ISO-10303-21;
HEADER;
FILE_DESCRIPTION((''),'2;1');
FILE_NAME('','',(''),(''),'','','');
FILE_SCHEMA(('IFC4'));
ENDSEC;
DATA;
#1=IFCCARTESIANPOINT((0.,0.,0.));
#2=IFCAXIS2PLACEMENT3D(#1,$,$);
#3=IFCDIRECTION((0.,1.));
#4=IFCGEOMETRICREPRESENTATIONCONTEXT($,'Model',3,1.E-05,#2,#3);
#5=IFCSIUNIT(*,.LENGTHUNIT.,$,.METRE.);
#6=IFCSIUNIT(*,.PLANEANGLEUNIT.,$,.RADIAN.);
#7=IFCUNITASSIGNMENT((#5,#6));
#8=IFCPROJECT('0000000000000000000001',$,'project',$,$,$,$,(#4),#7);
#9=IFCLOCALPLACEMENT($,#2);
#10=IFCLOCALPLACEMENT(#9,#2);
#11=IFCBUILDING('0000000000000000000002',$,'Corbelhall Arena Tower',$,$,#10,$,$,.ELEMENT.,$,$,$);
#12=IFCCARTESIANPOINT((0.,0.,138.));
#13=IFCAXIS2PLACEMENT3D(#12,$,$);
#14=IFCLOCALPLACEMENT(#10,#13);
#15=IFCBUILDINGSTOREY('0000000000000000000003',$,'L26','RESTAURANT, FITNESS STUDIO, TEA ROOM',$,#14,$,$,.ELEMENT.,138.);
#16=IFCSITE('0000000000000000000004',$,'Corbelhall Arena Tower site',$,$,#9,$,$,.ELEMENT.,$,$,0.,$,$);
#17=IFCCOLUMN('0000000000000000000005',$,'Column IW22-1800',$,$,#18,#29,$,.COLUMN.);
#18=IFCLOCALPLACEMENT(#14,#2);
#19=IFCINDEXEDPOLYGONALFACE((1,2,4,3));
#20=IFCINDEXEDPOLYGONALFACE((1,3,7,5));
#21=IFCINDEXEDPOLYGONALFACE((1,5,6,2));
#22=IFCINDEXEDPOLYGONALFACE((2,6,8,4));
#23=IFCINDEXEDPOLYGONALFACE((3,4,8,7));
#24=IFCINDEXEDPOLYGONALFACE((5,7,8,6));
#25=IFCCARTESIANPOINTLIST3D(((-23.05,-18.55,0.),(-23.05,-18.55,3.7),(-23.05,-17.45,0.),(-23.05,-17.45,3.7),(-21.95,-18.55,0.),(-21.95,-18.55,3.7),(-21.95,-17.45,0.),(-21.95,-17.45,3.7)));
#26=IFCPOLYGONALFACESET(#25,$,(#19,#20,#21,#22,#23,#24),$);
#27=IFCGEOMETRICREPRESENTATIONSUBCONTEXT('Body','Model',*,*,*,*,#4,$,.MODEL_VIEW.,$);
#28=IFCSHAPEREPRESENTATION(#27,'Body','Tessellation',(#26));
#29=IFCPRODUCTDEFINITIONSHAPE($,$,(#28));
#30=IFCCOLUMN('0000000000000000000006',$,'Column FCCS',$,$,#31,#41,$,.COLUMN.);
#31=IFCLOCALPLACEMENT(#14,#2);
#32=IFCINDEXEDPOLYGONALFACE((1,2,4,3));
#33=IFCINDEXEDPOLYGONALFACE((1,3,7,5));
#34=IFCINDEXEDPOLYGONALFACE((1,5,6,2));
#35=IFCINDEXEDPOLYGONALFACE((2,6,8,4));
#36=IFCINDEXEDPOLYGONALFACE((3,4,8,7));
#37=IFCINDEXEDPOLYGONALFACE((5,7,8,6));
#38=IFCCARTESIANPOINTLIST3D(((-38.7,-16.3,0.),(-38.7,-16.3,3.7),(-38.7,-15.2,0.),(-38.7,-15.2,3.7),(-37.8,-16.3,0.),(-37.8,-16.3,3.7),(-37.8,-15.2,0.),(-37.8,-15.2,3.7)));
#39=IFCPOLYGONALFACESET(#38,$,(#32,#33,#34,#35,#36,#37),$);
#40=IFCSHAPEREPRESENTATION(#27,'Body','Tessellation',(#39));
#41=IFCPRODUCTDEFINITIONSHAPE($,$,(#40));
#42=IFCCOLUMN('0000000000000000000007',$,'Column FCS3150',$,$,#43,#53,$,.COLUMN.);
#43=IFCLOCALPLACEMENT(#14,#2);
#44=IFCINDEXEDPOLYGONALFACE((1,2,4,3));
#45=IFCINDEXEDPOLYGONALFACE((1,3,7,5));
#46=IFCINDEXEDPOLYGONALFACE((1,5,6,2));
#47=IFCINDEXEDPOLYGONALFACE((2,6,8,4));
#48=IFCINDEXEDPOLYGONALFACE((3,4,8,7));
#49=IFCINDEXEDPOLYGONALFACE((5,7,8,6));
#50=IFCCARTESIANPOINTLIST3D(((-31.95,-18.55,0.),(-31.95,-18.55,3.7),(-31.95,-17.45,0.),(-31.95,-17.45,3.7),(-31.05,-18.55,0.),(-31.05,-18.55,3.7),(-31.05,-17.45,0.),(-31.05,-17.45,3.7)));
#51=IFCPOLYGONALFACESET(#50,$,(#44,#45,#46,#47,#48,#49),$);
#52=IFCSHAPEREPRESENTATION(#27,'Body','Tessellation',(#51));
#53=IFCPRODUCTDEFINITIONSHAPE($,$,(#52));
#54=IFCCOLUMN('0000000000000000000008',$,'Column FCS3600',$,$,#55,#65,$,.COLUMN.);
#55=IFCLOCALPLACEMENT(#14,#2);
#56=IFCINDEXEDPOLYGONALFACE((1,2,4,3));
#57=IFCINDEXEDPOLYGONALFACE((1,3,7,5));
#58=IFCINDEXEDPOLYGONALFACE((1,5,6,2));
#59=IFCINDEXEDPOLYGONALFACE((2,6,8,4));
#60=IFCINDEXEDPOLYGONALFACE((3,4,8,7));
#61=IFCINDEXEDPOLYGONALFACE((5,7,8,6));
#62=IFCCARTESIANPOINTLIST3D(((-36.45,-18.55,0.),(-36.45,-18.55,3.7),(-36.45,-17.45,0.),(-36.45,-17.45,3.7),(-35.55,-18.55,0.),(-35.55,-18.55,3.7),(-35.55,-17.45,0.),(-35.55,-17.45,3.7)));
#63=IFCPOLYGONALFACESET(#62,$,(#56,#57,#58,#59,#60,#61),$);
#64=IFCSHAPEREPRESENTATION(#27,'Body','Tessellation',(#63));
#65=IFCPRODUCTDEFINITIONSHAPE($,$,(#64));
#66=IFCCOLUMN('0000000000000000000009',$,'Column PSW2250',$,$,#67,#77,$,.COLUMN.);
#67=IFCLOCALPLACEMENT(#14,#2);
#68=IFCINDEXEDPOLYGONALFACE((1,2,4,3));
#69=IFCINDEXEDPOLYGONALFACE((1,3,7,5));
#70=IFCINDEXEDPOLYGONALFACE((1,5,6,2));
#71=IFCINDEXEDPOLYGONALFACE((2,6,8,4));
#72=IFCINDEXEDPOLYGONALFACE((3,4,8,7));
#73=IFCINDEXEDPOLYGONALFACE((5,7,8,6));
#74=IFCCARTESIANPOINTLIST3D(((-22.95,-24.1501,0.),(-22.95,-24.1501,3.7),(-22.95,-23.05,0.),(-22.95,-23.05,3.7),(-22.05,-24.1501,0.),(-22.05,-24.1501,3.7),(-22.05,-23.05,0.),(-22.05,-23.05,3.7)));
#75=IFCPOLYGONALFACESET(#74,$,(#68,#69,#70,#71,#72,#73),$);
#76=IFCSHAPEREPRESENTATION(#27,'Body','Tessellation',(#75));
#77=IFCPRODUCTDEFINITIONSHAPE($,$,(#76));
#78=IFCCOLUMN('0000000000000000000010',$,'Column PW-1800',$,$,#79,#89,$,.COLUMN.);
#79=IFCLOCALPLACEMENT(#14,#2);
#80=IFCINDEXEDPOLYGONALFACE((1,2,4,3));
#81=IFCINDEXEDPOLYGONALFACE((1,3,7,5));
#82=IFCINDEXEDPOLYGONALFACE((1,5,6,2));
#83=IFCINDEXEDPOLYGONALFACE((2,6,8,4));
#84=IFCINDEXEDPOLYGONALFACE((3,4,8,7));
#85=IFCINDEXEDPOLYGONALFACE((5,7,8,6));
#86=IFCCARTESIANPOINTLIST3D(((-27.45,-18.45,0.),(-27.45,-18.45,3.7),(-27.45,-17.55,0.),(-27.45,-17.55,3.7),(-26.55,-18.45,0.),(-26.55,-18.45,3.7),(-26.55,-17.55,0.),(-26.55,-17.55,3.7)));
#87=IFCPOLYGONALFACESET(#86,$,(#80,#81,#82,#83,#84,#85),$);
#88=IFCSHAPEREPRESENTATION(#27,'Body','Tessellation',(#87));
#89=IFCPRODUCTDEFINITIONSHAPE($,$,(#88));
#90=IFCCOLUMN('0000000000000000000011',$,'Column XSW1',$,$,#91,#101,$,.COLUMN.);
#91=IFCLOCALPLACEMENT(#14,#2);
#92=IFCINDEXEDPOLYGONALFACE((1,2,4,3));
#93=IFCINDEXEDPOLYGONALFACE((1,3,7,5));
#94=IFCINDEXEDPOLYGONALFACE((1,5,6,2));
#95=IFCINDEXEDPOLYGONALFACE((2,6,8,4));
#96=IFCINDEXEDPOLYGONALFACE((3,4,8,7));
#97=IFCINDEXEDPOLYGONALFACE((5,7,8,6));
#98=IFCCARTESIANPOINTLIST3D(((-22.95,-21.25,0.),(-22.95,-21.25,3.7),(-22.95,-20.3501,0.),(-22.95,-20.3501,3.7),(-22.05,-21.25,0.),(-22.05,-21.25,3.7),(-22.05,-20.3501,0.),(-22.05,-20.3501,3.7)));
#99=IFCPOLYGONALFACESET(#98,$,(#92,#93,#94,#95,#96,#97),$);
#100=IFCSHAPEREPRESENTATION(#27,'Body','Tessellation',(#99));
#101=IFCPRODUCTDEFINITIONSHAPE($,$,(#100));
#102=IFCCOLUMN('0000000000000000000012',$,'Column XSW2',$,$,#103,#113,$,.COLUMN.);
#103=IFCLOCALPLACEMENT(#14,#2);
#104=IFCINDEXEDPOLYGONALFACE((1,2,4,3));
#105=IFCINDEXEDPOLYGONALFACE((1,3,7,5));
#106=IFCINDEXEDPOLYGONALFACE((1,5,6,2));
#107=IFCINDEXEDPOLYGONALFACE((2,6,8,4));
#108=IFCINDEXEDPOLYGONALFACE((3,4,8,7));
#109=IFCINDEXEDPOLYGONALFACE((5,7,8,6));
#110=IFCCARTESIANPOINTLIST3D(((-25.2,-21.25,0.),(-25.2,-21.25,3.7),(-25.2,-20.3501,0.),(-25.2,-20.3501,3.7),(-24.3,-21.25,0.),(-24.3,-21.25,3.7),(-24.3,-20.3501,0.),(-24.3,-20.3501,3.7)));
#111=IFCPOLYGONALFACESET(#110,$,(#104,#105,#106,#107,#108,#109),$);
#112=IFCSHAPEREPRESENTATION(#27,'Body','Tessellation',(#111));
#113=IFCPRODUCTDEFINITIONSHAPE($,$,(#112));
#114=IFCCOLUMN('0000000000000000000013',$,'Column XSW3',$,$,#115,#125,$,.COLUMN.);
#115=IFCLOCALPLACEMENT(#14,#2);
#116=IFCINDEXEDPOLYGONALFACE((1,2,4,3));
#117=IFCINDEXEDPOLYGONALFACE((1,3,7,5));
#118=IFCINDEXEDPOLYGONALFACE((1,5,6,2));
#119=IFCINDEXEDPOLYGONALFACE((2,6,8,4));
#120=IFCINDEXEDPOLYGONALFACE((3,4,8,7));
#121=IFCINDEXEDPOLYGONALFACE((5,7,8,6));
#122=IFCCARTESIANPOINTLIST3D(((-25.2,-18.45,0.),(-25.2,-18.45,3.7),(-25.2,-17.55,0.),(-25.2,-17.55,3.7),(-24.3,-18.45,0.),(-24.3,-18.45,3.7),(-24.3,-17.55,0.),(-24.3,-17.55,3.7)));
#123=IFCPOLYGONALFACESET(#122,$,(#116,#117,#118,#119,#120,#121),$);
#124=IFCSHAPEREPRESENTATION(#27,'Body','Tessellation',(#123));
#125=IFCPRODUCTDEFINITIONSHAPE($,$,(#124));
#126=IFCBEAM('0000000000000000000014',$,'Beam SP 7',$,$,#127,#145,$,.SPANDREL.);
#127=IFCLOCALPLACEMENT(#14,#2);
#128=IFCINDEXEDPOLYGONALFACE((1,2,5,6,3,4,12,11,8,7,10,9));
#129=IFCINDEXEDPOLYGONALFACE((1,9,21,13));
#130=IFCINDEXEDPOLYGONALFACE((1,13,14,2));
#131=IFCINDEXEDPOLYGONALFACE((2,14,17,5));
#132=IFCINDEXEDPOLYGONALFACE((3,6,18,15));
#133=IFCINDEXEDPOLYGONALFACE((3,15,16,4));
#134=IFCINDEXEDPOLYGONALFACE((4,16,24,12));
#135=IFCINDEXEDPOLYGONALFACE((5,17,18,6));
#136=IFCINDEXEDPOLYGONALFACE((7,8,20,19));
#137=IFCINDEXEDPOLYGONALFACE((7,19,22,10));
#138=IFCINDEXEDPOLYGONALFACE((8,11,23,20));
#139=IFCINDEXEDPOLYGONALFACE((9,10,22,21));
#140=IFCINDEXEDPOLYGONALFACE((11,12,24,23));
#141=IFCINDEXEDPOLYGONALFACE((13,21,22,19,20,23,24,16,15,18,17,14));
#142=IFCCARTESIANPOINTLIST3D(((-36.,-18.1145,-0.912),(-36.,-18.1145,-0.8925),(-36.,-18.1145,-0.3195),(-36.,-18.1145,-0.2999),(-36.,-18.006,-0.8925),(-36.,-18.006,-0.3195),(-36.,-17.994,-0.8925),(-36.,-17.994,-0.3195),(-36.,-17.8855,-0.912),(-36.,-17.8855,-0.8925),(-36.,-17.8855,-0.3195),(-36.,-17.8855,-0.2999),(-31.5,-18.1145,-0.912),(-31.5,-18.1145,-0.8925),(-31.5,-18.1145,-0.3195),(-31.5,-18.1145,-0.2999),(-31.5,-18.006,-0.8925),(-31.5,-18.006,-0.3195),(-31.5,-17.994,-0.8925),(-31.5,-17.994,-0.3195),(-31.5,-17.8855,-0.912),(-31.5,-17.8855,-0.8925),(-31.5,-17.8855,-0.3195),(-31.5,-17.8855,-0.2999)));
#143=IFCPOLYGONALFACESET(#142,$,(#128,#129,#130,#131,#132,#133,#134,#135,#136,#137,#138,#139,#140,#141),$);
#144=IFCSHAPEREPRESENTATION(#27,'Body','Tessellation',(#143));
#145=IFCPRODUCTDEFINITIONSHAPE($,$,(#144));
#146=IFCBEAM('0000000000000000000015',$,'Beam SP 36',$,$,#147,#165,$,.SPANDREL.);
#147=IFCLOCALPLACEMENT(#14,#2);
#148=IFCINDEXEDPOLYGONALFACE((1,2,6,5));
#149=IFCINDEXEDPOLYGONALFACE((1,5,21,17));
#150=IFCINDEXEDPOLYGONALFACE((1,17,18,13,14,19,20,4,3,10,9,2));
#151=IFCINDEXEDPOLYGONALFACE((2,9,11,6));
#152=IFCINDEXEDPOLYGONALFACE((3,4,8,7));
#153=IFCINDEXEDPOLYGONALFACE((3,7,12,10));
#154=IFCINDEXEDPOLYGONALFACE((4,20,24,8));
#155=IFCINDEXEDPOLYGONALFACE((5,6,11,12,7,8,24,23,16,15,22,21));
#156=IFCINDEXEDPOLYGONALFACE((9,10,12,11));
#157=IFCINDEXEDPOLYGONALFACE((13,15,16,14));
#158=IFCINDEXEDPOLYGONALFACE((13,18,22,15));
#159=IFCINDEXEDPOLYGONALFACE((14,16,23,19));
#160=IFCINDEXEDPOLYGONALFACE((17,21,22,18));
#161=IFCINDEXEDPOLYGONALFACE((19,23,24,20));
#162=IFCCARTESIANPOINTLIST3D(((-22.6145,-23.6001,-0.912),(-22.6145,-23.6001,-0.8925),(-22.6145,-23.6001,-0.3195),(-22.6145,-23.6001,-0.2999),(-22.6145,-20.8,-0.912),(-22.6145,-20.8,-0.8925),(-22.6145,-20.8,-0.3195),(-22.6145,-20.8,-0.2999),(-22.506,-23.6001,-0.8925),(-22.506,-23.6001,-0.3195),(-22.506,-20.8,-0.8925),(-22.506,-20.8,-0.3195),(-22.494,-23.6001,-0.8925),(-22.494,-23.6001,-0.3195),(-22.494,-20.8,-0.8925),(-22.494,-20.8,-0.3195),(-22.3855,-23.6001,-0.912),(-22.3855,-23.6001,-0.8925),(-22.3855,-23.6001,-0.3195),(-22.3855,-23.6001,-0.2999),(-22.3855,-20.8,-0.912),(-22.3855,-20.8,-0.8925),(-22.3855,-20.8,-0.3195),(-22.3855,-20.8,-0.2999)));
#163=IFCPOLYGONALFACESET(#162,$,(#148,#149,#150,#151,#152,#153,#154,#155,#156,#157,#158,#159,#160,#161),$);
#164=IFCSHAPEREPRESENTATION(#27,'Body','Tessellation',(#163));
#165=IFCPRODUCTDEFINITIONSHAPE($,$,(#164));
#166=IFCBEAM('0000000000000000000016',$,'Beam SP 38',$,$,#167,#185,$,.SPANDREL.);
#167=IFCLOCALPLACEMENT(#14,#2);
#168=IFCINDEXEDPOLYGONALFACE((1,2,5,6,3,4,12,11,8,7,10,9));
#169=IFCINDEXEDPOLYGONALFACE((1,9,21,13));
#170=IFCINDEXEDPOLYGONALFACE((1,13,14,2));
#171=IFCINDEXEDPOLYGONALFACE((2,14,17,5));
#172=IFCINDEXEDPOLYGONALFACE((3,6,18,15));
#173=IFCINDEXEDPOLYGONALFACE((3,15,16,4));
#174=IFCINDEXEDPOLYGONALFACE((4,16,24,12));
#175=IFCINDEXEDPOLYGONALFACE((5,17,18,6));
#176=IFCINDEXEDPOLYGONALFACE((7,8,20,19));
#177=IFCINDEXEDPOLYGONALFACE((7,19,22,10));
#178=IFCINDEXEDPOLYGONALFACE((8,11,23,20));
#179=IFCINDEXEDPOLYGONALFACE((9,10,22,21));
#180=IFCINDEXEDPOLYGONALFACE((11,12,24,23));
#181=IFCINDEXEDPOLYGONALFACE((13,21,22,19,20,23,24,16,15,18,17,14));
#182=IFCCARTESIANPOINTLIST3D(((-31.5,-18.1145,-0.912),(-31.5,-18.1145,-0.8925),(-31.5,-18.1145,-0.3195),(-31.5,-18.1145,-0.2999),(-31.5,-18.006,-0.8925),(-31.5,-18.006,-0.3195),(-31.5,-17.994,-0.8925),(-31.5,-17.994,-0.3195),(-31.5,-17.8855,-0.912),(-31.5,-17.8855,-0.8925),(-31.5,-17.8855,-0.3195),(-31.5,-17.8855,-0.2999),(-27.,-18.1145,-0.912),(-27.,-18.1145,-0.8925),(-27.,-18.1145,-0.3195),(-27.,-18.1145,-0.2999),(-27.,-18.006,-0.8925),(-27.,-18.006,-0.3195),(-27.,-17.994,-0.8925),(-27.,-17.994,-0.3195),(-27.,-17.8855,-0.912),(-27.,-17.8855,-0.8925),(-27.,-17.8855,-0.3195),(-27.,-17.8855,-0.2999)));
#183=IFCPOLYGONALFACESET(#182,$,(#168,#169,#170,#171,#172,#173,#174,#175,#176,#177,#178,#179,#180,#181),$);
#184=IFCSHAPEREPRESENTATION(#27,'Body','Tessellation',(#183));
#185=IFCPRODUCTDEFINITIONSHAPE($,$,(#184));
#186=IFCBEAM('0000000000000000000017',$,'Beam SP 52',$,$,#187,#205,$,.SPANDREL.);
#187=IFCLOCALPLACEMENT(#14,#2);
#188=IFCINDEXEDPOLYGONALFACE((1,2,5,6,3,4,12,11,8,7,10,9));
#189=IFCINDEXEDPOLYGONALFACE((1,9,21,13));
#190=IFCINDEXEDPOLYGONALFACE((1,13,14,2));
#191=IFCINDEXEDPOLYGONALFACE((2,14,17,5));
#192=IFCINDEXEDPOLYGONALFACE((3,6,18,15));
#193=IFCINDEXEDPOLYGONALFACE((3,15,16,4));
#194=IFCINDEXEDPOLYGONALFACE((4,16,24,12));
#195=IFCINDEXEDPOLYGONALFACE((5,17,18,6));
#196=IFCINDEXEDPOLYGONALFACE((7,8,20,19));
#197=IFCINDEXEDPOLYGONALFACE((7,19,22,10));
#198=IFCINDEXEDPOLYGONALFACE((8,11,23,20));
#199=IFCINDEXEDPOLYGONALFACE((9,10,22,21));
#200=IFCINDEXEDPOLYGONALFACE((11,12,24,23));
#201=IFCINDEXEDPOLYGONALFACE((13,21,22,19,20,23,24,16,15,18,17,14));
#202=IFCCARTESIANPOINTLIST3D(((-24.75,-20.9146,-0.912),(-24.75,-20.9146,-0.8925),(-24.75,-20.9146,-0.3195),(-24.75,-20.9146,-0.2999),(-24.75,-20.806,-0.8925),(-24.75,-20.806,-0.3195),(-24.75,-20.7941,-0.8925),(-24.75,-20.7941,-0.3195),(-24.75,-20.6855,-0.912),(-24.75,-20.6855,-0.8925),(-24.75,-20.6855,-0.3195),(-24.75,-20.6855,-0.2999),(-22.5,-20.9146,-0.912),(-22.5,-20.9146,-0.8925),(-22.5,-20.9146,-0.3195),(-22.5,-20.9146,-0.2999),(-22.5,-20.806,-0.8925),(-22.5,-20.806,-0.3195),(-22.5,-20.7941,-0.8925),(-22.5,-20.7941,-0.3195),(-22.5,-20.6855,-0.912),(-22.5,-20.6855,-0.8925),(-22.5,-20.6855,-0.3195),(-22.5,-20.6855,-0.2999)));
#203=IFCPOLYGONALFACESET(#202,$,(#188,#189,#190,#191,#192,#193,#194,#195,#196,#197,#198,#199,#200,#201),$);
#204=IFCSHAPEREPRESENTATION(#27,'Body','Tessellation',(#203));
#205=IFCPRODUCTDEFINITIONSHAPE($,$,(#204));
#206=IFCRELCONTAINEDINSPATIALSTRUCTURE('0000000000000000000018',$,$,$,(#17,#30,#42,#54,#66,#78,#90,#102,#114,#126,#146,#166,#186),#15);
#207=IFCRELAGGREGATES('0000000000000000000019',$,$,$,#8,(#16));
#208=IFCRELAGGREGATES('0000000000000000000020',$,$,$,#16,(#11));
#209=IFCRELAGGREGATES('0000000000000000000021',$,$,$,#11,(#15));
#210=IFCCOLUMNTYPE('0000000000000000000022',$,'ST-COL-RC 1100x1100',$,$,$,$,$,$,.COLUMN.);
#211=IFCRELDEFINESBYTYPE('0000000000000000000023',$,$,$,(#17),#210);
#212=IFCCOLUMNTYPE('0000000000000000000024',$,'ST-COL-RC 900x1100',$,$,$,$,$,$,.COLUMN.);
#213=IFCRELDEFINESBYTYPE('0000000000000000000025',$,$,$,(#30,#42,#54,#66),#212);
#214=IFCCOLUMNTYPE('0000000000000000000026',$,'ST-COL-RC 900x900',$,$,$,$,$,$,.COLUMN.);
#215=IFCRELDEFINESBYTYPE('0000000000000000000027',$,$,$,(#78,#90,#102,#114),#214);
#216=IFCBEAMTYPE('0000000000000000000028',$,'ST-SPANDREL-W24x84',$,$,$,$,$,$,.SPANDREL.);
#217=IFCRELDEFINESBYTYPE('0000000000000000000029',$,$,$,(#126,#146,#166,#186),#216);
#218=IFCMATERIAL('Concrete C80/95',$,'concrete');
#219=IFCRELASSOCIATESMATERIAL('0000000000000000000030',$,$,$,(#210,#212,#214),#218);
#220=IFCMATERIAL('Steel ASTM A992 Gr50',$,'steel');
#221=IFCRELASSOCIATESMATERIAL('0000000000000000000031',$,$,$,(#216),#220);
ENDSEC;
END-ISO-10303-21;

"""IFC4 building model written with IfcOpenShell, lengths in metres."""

from ifc_helpers import new_model, si_unit, direction, frame, origin, origin_2d, place, context, subcontext, project, spatial, rectangle, i_section, extrude, material, material_profile, profile_set, type_object, element, save


model = new_model("IFC4")

# Units and contexts
model_context = context("Model", 3, precision=1e-05, world=origin(), true_north=direction((0.0, 1.0)))
body_context = subcontext(model_context, "Body", "Model", "MODEL_VIEW")
ifc_project = project(units=[si_unit("LENGTHUNIT", "METRE"), si_unit("PLANEANGLEUNIT", "RADIAN")], contexts=[model_context])

# Site, building, storey
site_placement = place(None, origin())
site = spatial("IfcSite", under=ifc_project, at=site_placement, Name="Corbelhall Arena Tower site", CompositionType="ELEMENT", RefElevation=0.0)
building_placement = place(site_placement, origin())
building = spatial("IfcBuilding", under=site, at=building_placement, Name="Corbelhall Arena Tower", CompositionType="ELEMENT")
storey_placement = place(building_placement, frame((0.0, 0.0, 138.0)))
storey = spatial("IfcBuildingStorey", under=building, at=storey_placement, Name="L26", Description="RESTAURANT, FITNESS STUDIO, TEA ROOM", CompositionType="ELEMENT", Elevation=138.0)

# Columns
ifc_material_1 = material(Name="Concrete C80/95", Category="concrete")
ifc_material_profile_1 = material_profile(ifc_material_1, rectangle(XDim=1.1001, YDim=1.1001, at=origin_2d()))
ifc_profile_set_1 = profile_set([ifc_material_profile_1], Name="Concrete C80/95")
column_type_1 = type_object("IfcColumnType", Name="ST-COL-RC 1100x1100", PredefinedType="COLUMN", material=ifc_profile_set_1)
column_placement = place(storey_placement, frame((-22.5, -18.0, 0.0), z_axis=(0.0, 0.0, 1.0), x_axis=(1.0, 0.0, 0.0)))
element("IfcColumn", 1, at=column_placement, inside=storey, type_object=column_type_1, Name="Column IW22-1800", PredefinedType="COLUMN", context=body_context, shape_type="SweptSolid", body=[
    extrude(rectangle(XDim=1.1001, YDim=1.1001, at=origin_2d()), origin(), (0.0, 0.0, 1.0), 3.7),
])
ifc_material_profile_2 = material_profile(ifc_material_1, rectangle(XDim=0.8999, YDim=1.1001, at=origin_2d()))
ifc_profile_set_2 = profile_set([ifc_material_profile_2], Name="Concrete C80/95")
column_type_2 = type_object("IfcColumnType", Name="ST-COL-RC 900x1100", PredefinedType="COLUMN", material=ifc_profile_set_2)
for number, where, z_axis, x_axis, name in (
    (2, (-38.25, -15.75, 0.0), (0.0, 0.0, 1.0), (1.0, 0.0, 0.0), "Column FCCS"),
    (3, (-31.5, -18.0, 0.0), (0.0, 0.0, 1.0), (1.0, 0.0, 0.0), "Column FCS3150"),
    (4, (-36.0, -18.0, 0.0), (0.0, 0.0, 1.0), (1.0, 0.0, 0.0), "Column FCS3600"),
    (5, (-22.5, -23.6001, 0.0), (0.0, 0.0, 1.0), (1.0, 0.0, 0.0), "Column PSW2250"),
):
    element("IfcColumn", number, at=place(storey_placement, frame(where, z_axis=z_axis, x_axis=x_axis)), inside=storey, type_object=column_type_2, Name=name, PredefinedType="COLUMN", context=body_context, shape_type="SweptSolid", body=[
        extrude(rectangle(XDim=0.8999, YDim=1.1001, at=origin_2d()), origin(), (0.0, 0.0, 1.0), 3.7),
    ])
ifc_material_profile_3 = material_profile(ifc_material_1, rectangle(XDim=0.8999, YDim=0.8999, at=origin_2d()))
ifc_profile_set_3 = profile_set([ifc_material_profile_3], Name="Concrete C80/95")
column_type_3 = type_object("IfcColumnType", Name="ST-COL-RC 900x900", PredefinedType="COLUMN", material=ifc_profile_set_3)
for number, where, z_axis, x_axis, name in (
    (6, (-27.0, -18.0, 0.0), (0.0, 0.0, 1.0), (1.0, 0.0, 0.0), "Column PW-1800"),
    (7, (-22.5, -20.8, 0.0), (0.0, 0.0, 1.0), (1.0, 0.0, 0.0), "Column XSW1"),
    (8, (-24.75, -20.8, 0.0), (0.0, 0.0, 1.0), (1.0, 0.0, 0.0), "Column XSW2"),
    (9, (-24.75, -18.0, 0.0), (0.0, 0.0, 1.0), (1.0, 0.0, 0.0), "Column XSW3"),
):
    element("IfcColumn", number, at=place(storey_placement, frame(where, z_axis=z_axis, x_axis=x_axis)), inside=storey, type_object=column_type_3, Name=name, PredefinedType="COLUMN", context=body_context, shape_type="SweptSolid", body=[
        extrude(rectangle(XDim=0.8999, YDim=0.8999, at=origin_2d()), origin(), (0.0, 0.0, 1.0), 3.7),
    ])

# Beams
ifc_material_2 = material(Name="Steel ASTM A992 Gr50", Category="steel")
ifc_material_profile_4 = material_profile(ifc_material_2, i_section(OverallWidth=0.229, OverallDepth=0.6121, WebThickness=0.012, FlangeThickness=0.0195, at=origin_2d()))
ifc_profile_set_4 = profile_set([ifc_material_profile_4], Name="Steel ASTM A992 Gr50")
beam_type = type_object("IfcBeamType", Name="ST-SPANDREL-W24x84", PredefinedType="SPANDREL", material=ifc_profile_set_4)
beam_1_placement = place(storey_placement, frame((-31.5, -18.0, -0.606), z_axis=(-1.0, 0.0, 0.0), x_axis=(0.0, -1.0, 0.0)))
element("IfcBeam", 10, at=beam_1_placement, inside=storey, type_object=beam_type, Name="Beam SP 7", PredefinedType="SPANDREL", context=body_context, shape_type="SweptSolid", body=[
    extrude(i_section(OverallWidth=0.229, OverallDepth=0.6121, WebThickness=0.012, FlangeThickness=0.0195, at=origin_2d()), origin(), (0.0, 0.0, 1.0), 4.5),
])
beam_2_placement = place(storey_placement, frame((-22.5, -23.6001, -0.606), z_axis=(0.0, 1.0, 0.0), x_axis=(-1.0, 0.0, 0.0)))
element("IfcBeam", 11, at=beam_2_placement, inside=storey, type_object=beam_type, Name="Beam SP 36", PredefinedType="SPANDREL", context=body_context, shape_type="SweptSolid", body=[
    extrude(i_section(OverallWidth=0.229, OverallDepth=0.6121, WebThickness=0.012, FlangeThickness=0.0195, at=origin_2d()), origin(), (0.0, 0.0, 1.0), 2.8),
])
beam_3_placement = place(storey_placement, frame((-27.0, -18.0, -0.606), z_axis=(-1.0, 0.0, 0.0), x_axis=(0.0, -1.0, 0.0)))
element("IfcBeam", 12, at=beam_3_placement, inside=storey, type_object=beam_type, Name="Beam SP 38", PredefinedType="SPANDREL", context=body_context, shape_type="SweptSolid", body=[
    extrude(i_section(OverallWidth=0.229, OverallDepth=0.6121, WebThickness=0.012, FlangeThickness=0.0195, at=origin_2d()), origin(), (0.0, 0.0, 1.0), 4.5),
])
beam_4_placement = place(storey_placement, frame((-22.5, -20.8, -0.606), z_axis=(-1.0, 0.0, 0.0), x_axis=(0.0, -1.0, 0.0)))
element("IfcBeam", 13, at=beam_4_placement, inside=storey, type_object=beam_type, Name="Beam SP 52", PredefinedType="SPANDREL", context=body_context, shape_type="SweptSolid", body=[
    extrude(i_section(OverallWidth=0.229, OverallDepth=0.6121, WebThickness=0.012, FlangeThickness=0.0195, at=origin_2d()), origin(), (0.0, 0.0, 1.0), 2.25),
])

save(model, "model.ifc")
